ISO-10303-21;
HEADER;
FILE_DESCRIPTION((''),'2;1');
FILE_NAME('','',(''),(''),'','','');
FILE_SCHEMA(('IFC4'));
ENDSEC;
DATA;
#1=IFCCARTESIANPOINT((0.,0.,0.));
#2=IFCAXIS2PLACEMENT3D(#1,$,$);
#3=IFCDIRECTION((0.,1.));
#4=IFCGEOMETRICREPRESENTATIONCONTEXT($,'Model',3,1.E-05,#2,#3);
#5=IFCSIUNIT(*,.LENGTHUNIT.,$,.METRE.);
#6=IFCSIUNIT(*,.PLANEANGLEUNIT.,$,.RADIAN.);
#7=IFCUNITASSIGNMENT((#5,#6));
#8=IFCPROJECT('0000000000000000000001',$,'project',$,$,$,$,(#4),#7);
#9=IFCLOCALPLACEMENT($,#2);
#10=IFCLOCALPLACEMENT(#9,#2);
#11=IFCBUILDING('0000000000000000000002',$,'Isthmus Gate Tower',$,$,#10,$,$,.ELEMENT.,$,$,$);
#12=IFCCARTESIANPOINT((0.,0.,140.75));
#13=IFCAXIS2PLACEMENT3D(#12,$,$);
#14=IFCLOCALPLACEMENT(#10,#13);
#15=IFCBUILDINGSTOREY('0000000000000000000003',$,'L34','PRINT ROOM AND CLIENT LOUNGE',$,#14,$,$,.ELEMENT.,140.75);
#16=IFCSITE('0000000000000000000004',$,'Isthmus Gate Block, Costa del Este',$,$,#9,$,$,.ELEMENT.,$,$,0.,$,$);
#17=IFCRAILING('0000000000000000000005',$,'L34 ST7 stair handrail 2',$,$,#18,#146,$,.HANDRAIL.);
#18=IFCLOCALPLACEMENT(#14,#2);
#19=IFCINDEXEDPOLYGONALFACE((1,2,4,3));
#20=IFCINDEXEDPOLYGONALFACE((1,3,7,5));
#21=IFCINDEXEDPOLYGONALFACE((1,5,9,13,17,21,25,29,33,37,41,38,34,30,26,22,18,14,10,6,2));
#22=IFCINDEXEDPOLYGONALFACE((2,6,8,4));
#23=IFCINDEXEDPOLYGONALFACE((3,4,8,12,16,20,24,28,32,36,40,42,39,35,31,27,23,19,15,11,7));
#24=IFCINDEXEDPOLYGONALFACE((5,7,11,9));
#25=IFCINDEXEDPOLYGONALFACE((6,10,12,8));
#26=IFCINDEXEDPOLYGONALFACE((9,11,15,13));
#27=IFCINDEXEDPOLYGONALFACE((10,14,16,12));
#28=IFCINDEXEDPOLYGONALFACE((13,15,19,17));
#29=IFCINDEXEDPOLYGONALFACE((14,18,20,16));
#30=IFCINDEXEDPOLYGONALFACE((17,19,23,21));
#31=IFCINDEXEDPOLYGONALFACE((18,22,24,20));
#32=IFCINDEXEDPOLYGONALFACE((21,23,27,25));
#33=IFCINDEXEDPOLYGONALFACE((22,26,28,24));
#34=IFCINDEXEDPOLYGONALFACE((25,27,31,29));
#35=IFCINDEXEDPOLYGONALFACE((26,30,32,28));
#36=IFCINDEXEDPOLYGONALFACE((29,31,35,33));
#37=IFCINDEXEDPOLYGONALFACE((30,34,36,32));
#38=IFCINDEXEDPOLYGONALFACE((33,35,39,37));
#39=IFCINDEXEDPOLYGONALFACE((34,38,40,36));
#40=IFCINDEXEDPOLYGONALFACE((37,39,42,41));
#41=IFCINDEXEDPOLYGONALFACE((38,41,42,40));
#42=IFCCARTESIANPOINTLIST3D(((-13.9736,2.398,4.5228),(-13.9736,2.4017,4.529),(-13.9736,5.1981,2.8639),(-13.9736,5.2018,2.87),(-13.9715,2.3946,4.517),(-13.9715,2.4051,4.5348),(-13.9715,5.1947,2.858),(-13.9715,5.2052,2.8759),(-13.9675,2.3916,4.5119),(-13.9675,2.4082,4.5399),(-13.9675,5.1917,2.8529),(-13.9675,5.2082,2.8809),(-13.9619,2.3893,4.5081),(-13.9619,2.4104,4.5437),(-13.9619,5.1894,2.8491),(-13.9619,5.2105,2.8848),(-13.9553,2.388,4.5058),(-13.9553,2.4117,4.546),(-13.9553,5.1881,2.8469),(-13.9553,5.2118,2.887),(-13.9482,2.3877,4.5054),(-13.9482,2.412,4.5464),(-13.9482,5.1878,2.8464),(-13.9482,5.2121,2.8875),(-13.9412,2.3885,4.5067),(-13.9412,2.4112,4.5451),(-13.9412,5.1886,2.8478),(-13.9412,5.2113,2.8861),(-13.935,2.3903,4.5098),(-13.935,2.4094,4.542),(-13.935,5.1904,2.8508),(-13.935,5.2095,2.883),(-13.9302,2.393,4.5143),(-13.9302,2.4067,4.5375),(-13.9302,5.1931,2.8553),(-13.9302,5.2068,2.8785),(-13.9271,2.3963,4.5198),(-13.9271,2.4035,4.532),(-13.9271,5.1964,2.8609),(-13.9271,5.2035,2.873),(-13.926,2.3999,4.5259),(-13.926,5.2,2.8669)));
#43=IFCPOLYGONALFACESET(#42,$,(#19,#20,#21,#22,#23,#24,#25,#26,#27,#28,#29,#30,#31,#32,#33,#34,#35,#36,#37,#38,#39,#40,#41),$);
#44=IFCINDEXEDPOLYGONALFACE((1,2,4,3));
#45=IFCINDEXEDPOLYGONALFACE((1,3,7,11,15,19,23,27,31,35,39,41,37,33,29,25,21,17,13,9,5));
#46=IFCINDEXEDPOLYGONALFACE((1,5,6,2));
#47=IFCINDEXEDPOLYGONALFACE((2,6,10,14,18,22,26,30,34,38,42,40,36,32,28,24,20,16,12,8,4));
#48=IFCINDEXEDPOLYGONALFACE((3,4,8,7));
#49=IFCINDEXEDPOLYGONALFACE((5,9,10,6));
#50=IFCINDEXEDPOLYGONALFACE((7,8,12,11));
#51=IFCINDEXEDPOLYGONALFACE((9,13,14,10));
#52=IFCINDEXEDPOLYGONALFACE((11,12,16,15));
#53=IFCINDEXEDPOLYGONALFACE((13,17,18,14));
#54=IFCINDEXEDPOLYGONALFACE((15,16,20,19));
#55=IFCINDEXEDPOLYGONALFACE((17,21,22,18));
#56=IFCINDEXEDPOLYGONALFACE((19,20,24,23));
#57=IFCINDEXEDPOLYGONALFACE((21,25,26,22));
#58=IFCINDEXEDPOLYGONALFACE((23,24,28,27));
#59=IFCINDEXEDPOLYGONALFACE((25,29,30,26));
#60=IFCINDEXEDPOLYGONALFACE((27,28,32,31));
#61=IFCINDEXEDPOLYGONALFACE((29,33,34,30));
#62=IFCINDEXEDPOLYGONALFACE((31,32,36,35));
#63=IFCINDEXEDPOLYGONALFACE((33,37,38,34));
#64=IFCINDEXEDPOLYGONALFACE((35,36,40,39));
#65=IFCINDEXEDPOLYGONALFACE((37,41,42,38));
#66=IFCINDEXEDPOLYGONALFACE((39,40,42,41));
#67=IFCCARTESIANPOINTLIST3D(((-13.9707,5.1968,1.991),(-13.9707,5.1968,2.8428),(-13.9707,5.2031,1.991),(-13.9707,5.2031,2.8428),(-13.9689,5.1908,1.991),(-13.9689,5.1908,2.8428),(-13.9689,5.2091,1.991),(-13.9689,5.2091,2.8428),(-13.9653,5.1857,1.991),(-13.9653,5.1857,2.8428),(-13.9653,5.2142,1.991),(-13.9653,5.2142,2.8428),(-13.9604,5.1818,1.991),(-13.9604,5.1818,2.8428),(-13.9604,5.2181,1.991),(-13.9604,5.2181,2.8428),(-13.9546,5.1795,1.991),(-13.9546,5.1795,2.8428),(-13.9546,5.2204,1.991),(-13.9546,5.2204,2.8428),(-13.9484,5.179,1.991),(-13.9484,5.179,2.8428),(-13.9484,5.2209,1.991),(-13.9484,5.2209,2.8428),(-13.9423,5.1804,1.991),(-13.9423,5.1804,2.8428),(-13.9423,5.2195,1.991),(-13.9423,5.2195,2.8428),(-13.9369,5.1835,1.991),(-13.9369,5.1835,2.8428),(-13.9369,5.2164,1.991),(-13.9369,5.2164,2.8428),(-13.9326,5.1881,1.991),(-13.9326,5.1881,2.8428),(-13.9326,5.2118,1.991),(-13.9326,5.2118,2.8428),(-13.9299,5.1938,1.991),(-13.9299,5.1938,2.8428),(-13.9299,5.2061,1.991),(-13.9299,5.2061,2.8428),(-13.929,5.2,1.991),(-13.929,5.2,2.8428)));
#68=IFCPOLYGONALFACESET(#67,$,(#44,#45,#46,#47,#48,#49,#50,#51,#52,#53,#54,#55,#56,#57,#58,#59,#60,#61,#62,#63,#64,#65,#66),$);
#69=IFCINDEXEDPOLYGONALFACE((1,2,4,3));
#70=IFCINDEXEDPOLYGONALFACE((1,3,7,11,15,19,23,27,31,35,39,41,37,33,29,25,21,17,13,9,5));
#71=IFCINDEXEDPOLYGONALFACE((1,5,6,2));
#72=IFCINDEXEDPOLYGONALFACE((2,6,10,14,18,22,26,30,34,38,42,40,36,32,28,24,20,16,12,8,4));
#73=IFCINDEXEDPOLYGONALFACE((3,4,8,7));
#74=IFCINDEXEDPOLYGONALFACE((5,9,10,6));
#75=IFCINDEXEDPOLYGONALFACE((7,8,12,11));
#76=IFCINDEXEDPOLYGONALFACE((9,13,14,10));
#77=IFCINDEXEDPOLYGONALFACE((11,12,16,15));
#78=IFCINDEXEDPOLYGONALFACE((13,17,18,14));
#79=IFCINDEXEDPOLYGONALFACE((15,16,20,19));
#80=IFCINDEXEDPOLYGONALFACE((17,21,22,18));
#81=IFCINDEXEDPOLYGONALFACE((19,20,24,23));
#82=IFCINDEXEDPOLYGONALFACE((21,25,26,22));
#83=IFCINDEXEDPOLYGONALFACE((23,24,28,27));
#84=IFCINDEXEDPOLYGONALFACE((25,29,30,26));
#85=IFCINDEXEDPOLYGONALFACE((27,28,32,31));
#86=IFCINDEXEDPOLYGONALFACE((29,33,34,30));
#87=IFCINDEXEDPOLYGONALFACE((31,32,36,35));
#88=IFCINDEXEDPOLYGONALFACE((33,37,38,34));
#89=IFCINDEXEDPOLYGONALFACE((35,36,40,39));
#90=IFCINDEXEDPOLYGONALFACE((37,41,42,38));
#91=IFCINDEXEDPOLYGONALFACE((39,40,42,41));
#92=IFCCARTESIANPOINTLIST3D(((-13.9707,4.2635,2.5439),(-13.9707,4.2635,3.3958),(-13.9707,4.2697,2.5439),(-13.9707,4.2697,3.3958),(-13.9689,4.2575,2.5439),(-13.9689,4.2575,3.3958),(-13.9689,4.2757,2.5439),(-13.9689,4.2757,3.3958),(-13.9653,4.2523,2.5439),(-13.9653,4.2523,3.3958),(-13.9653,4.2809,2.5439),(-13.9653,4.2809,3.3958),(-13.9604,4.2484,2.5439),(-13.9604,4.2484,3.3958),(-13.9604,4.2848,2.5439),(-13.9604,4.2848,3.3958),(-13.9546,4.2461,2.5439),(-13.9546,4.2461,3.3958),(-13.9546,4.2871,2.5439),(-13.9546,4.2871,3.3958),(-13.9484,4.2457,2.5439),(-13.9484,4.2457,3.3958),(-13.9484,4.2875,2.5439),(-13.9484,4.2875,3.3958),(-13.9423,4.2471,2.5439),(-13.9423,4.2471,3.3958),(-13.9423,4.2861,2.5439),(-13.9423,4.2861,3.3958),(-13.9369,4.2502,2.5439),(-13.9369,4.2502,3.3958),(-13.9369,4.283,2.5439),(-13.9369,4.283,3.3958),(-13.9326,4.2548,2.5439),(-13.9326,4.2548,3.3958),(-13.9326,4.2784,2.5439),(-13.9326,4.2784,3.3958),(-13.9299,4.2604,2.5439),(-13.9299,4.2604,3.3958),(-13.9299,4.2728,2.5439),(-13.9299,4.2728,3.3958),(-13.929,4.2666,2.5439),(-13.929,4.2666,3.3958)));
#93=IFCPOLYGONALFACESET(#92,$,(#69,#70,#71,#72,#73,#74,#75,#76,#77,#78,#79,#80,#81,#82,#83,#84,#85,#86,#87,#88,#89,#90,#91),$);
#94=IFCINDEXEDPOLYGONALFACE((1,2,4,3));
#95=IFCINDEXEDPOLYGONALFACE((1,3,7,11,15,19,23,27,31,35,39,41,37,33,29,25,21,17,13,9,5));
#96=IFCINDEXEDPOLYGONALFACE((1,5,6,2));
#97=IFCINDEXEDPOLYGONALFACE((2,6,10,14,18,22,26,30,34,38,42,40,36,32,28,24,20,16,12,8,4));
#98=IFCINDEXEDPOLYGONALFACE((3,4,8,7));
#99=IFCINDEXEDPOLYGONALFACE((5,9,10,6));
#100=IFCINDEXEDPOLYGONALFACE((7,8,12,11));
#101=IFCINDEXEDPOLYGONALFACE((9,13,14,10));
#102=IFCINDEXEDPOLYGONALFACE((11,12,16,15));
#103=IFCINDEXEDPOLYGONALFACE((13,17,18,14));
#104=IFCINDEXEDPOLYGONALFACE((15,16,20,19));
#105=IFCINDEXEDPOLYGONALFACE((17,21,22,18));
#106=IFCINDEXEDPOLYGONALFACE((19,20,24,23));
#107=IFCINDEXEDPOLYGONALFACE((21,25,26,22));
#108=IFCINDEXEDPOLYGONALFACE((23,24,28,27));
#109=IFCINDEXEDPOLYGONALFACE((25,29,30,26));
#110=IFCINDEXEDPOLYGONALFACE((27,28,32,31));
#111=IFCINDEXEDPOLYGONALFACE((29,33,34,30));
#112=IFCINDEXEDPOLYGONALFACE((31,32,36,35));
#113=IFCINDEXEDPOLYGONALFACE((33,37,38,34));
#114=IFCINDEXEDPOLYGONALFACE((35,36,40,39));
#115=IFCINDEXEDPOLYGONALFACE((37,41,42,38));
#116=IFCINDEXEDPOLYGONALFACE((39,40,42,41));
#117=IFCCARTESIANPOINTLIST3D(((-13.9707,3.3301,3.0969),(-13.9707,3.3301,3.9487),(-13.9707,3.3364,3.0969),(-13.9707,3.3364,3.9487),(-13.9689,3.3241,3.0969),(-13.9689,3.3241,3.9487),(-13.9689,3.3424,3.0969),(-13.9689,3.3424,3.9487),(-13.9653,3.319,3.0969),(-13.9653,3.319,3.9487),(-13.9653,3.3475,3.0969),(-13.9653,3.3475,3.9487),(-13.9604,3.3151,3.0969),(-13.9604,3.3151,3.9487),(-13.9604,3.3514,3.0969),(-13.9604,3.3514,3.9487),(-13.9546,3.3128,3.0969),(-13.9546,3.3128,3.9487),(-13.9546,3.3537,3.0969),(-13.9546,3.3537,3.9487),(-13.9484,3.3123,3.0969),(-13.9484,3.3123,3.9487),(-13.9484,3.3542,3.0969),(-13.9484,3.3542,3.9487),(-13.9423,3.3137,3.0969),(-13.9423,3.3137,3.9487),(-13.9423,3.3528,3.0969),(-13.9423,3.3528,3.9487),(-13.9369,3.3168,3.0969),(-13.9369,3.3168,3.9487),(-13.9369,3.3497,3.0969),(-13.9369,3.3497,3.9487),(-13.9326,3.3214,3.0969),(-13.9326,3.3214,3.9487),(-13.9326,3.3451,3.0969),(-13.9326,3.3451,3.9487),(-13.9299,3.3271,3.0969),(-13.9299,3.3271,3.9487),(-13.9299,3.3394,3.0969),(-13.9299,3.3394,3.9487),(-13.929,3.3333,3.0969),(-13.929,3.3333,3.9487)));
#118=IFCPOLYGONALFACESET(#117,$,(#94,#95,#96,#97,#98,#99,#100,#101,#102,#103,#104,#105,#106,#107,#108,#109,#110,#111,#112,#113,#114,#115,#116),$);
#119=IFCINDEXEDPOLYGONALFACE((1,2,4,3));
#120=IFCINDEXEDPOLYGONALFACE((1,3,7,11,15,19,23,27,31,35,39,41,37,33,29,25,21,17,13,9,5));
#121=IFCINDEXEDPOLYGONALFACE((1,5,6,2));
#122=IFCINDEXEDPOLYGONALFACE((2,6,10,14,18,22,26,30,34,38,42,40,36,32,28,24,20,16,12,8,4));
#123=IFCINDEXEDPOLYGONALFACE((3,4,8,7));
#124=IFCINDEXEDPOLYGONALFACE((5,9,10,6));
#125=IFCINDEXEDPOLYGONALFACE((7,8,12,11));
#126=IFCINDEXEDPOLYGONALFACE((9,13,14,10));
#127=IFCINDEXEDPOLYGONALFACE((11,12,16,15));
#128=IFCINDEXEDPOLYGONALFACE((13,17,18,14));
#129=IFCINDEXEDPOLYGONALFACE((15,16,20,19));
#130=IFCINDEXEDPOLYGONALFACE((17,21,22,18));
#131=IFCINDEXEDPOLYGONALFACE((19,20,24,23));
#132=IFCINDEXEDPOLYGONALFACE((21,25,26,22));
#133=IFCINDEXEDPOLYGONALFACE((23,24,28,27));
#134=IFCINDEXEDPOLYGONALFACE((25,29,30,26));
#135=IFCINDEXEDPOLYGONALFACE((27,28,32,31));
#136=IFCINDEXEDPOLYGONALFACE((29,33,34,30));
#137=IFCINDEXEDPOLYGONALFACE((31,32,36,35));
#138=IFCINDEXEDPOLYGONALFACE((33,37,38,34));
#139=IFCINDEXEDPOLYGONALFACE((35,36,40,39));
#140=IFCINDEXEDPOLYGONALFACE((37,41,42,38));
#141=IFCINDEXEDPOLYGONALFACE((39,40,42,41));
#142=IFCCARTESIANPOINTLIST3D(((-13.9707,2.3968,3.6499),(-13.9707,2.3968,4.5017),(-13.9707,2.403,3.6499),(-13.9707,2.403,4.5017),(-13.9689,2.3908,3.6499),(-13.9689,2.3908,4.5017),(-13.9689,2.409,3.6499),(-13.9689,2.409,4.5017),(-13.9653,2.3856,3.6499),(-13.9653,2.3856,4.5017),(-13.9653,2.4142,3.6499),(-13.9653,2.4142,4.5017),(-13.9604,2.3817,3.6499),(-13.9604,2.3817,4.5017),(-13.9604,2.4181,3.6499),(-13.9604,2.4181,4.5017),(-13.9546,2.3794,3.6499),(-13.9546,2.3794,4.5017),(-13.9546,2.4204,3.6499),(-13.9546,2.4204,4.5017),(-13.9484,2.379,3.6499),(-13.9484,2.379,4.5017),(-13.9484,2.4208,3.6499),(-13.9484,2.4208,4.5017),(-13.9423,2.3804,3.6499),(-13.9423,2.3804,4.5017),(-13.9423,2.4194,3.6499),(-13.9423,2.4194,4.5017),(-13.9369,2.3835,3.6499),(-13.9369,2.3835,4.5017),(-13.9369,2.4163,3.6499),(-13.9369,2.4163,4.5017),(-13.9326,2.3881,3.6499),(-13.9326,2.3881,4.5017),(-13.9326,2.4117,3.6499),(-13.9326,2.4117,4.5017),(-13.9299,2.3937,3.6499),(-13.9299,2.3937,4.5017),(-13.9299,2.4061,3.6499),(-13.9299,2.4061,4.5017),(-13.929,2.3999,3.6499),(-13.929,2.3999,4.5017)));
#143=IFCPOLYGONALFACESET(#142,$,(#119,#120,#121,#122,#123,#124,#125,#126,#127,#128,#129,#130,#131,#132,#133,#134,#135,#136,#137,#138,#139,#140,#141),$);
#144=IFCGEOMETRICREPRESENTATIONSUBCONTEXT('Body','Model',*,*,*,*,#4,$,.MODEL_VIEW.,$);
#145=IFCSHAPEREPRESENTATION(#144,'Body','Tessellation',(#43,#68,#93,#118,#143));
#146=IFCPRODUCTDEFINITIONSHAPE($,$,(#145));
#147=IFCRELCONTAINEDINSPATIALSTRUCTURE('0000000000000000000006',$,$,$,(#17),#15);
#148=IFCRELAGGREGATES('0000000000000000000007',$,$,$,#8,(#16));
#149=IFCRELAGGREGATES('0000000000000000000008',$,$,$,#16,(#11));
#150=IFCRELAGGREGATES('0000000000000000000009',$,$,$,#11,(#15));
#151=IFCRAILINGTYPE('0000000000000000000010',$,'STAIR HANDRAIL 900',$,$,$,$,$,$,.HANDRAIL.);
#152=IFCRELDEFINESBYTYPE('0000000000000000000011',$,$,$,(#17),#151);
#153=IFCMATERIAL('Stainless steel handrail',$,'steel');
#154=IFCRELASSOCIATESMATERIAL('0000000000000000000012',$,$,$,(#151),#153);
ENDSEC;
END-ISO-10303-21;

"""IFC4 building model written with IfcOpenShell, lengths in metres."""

from ifc_helpers import new_model, si_unit, direction, frame, origin, origin_2d, place, context, subcontext, project, spatial, circle, extrude, material, type_object, element, save


model = new_model("IFC4")

# Units and contexts
model_context = context("Model", 3, precision=1e-05, world=origin(), true_north=direction((0.0, 1.0)))
body_context = subcontext(model_context, "Body", "Model", "MODEL_VIEW")
ifc_project = project(units=[si_unit("LENGTHUNIT", "METRE"), si_unit("PLANEANGLEUNIT", "RADIAN")], contexts=[model_context])

# Site, building, storey
site_placement = place(None, origin())
site = spatial("IfcSite", under=ifc_project, at=site_placement, Name="Isthmus Gate Block, Costa del Este", CompositionType="ELEMENT", RefElevation=0.0)
building_placement = place(site_placement, origin())
building = spatial("IfcBuilding", under=site, at=building_placement, Name="Isthmus Gate Tower", CompositionType="ELEMENT")
storey_placement = place(building_placement, frame((0.0, 0.0, 140.75)))
storey = spatial("IfcBuildingStorey", under=building, at=storey_placement, Name="L34", Description="PRINT ROOM AND CLIENT LOUNGE", CompositionType="ELEMENT", Elevation=140.75)

# Railing
ifc_material_1 = material(Name="Stainless steel handrail", Category="steel")
railing_type_1 = type_object("IfcRailingType", Name="STAIR HANDRAIL 900", PredefinedType="HANDRAIL", material=ifc_material_1)
railing_1_placement = place(storey_placement, frame((-13.95, 5.2, 1.991)))
element("IfcRailing", 1, at=railing_1_placement, inside=storey, type_object=railing_type_1, Name="L34 ST7 stair handrail 2", PredefinedType="HANDRAIL", context=body_context, shape_type="SweptSolid", body=[
    extrude(circle(Radius=0.0239, at=origin_2d()), frame((0.0, 0.0, 0.876), z_axis=(0.0, -0.860339, 0.509722), x_axis=(1.0, 0.0, 0.0)), (0.0, 0.0, 1.0), 3.2546),
    extrude(circle(Radius=0.021, at=origin_2d()), origin(), (0.0, 0.0, 1.0), 0.8518),
    extrude(circle(Radius=0.021, at=origin_2d()), frame((0.0, -0.9333, 0.553)), (0.0, 0.0, 1.0), 0.8518),
    extrude(circle(Radius=0.021, at=origin_2d()), frame((0.0, -1.8667, 1.106)), (0.0, 0.0, 1.0), 0.8518),
    extrude(circle(Radius=0.021, at=origin_2d()), frame((0.0, -2.8, 1.6589)), (0.0, 0.0, 1.0), 0.8518),
])

save(model, "model.ifc")
